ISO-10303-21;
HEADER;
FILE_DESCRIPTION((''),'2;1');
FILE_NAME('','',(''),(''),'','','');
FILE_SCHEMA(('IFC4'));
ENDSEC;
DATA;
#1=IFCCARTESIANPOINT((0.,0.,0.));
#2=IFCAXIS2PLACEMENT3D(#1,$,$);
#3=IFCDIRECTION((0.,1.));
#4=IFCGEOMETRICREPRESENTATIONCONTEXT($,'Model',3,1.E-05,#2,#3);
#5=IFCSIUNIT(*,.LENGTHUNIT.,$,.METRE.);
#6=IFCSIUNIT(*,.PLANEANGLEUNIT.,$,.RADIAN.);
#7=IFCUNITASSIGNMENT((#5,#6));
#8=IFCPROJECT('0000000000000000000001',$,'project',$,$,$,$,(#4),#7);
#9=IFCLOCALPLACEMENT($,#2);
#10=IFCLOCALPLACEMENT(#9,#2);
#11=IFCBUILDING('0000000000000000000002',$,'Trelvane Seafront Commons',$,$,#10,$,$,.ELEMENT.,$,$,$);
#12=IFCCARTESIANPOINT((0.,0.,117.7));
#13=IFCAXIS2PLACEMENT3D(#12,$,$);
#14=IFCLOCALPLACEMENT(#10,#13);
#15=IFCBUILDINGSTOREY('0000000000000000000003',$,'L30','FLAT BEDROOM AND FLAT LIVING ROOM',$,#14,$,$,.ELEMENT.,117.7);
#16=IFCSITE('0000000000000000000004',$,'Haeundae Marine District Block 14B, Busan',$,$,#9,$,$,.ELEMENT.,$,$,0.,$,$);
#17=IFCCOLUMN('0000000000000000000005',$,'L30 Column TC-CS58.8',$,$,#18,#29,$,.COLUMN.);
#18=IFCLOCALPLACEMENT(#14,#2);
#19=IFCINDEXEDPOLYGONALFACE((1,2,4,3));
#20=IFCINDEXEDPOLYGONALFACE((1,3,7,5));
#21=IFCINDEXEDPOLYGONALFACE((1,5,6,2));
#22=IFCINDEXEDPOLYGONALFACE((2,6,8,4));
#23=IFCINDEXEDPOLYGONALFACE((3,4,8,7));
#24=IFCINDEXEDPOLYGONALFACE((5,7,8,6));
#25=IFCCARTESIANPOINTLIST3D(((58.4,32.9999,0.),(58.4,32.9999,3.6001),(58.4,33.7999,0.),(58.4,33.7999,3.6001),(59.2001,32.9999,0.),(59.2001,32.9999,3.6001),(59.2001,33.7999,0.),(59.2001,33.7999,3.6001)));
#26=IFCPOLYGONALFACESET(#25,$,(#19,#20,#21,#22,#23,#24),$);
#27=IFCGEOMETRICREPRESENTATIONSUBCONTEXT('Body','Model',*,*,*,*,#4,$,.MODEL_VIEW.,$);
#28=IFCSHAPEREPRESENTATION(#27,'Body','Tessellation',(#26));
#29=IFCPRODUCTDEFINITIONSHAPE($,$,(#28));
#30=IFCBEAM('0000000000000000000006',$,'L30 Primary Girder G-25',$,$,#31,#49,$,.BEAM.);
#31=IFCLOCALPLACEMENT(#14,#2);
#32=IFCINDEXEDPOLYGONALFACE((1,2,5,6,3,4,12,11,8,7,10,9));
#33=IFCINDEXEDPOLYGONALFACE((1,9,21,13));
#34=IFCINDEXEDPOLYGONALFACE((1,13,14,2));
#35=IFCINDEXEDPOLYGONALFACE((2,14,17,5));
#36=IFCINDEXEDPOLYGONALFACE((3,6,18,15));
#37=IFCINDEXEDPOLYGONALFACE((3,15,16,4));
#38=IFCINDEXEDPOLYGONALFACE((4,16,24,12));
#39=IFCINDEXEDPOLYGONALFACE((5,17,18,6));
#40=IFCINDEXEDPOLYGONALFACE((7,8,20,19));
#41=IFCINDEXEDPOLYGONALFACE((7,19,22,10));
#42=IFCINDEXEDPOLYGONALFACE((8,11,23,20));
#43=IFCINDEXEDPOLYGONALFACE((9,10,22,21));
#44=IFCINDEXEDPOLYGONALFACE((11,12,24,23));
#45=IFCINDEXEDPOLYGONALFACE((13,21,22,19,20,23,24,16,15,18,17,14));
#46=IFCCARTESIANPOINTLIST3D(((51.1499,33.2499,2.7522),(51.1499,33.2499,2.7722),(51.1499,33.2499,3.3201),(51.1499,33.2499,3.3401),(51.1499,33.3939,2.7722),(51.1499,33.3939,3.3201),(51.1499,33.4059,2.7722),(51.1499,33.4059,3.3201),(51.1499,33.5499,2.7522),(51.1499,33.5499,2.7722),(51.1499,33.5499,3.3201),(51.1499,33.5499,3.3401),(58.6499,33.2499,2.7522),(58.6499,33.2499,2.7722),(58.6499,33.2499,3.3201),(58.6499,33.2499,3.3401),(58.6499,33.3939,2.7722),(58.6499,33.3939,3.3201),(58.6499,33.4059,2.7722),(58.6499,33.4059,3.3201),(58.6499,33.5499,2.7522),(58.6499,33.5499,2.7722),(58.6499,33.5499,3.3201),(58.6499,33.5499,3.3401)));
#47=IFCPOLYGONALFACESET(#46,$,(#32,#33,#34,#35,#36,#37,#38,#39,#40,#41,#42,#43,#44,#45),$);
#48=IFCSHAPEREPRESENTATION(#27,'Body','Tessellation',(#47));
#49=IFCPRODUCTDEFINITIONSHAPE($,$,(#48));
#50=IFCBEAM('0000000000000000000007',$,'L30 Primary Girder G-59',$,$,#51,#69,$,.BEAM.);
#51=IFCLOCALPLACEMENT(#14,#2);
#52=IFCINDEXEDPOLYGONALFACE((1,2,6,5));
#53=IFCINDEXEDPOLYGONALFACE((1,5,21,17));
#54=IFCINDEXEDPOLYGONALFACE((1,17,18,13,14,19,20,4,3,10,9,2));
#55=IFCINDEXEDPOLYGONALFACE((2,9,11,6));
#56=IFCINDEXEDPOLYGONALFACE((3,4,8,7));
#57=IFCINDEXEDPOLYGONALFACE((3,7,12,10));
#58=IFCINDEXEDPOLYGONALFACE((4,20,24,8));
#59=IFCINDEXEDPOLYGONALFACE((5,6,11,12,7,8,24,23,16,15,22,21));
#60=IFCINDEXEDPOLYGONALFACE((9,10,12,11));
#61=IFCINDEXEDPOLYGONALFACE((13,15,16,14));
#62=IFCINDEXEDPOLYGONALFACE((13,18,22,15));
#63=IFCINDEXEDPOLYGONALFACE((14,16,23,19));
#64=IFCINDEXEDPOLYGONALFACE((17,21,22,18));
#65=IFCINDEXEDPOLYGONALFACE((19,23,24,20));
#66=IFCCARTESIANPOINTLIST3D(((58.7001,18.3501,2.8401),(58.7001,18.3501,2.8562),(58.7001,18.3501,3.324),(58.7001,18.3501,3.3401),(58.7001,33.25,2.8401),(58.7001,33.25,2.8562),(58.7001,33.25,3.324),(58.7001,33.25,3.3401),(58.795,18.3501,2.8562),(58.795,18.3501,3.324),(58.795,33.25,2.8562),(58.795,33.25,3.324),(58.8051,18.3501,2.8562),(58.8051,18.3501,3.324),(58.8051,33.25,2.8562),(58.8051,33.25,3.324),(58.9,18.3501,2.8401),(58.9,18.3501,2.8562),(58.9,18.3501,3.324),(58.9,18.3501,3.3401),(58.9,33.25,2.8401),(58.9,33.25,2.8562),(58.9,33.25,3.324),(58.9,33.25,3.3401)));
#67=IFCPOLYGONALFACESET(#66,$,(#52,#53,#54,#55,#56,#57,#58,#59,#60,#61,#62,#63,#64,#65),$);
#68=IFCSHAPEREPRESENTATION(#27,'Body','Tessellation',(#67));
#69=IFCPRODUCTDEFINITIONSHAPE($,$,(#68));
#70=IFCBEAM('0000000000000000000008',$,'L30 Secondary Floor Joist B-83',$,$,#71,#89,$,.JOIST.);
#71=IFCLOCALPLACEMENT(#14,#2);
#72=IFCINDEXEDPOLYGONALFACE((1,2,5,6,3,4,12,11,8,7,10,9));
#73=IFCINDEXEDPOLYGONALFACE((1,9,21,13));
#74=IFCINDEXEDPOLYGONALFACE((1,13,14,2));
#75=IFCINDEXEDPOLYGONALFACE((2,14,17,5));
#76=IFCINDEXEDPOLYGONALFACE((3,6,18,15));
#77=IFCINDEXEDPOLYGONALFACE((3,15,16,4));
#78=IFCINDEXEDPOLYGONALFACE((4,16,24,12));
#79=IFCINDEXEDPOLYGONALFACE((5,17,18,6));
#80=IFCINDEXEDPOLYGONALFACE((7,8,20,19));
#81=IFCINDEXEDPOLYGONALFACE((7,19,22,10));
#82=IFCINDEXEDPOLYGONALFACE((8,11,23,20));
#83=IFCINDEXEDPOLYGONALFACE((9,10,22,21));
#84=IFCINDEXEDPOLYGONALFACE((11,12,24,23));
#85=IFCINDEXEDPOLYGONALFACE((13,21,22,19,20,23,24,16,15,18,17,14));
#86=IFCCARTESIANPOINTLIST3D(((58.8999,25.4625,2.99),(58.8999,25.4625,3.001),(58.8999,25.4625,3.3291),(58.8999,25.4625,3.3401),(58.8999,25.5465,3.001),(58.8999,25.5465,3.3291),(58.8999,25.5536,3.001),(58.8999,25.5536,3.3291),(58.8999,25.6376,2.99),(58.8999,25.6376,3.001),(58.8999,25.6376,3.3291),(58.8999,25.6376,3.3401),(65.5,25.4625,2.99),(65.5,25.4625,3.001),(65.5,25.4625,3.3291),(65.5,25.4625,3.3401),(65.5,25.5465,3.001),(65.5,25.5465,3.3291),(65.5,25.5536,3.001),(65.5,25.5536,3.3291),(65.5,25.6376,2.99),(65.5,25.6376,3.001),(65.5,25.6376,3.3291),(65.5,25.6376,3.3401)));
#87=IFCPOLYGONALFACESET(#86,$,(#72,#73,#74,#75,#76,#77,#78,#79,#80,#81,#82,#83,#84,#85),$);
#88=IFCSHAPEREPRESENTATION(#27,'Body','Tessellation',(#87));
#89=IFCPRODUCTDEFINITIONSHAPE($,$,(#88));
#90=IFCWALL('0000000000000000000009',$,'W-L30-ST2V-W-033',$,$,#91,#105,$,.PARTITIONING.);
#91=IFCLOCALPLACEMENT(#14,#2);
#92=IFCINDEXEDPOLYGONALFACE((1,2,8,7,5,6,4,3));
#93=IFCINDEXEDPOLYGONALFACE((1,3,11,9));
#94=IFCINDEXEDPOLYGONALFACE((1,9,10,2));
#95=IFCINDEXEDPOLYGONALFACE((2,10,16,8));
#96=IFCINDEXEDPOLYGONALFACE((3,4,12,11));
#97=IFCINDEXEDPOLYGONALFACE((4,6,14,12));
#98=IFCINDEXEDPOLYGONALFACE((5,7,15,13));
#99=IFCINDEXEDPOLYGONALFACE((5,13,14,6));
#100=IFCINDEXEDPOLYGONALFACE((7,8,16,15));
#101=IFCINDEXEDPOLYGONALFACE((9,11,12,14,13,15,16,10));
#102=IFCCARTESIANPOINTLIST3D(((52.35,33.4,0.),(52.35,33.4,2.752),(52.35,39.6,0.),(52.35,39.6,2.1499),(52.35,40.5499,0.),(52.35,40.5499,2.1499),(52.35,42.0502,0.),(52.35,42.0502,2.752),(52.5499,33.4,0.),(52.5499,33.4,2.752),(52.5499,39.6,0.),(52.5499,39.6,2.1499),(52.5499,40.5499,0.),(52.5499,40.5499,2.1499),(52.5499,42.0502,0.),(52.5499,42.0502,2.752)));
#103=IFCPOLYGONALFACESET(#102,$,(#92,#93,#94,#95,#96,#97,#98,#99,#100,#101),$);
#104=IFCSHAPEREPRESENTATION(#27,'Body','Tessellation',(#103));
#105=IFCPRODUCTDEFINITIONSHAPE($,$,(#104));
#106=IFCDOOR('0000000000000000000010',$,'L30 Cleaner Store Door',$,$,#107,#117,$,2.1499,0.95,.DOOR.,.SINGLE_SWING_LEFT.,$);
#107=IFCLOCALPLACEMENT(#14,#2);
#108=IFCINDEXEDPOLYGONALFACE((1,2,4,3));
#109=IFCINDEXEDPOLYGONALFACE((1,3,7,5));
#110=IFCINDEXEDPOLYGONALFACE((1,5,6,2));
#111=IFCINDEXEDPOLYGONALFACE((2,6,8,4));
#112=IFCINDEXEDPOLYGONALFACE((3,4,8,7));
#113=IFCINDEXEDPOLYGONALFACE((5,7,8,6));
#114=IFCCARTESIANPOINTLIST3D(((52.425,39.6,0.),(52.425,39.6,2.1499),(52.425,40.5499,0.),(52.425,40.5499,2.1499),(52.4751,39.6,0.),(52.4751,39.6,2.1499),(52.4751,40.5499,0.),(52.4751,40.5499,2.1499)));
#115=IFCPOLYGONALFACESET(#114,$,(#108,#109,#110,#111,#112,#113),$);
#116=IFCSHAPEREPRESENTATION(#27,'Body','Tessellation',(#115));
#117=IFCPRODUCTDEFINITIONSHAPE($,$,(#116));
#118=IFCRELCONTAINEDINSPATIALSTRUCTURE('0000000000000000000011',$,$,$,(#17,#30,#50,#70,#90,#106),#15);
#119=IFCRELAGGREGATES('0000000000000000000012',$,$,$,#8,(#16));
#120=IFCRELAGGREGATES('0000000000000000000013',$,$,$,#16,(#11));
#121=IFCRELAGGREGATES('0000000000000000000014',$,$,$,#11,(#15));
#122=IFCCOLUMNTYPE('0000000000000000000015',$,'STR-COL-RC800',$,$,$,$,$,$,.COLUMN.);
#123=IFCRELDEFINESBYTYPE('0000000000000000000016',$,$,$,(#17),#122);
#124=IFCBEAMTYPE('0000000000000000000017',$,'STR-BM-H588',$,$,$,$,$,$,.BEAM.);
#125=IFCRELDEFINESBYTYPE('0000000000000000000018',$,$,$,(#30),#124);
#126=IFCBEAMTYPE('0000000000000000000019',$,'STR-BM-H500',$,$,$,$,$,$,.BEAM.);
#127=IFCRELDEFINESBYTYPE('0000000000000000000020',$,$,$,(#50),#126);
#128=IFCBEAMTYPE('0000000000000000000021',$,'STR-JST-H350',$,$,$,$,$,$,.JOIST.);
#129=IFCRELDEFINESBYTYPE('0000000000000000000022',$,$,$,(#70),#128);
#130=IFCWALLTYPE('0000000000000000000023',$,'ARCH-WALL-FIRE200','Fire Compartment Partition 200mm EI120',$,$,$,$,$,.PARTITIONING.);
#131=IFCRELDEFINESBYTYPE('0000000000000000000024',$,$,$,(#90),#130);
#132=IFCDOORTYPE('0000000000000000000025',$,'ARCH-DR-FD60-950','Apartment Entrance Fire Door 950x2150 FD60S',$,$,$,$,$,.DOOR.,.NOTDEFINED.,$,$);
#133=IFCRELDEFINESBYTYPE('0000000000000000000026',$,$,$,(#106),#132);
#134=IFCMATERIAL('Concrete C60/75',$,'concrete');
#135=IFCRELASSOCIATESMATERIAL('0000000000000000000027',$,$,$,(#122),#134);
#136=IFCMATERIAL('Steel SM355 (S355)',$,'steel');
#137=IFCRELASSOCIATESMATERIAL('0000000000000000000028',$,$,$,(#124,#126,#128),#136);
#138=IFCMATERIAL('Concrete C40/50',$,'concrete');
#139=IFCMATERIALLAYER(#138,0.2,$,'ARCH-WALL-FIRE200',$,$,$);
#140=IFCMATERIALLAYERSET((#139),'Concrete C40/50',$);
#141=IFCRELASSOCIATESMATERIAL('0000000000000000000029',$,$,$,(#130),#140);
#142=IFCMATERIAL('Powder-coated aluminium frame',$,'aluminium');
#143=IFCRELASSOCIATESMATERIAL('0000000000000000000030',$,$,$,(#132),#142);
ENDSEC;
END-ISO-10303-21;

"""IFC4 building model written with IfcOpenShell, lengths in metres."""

from ifc_helpers import new_model, si_unit, direction, frame, frame_2d, origin, origin_2d, place, context, subcontext, project, spatial, rectangle, i_section, extrude, source, transform, mapped, material, layer, layer_set, material_profile, profile_set, type_object, element, fill, save


model = new_model("IFC4")

# Units and contexts
model_context = context("Model", 3, precision=1e-05, world=origin(), true_north=direction((0.0, 1.0)))
body_context = subcontext(model_context, "Body", "Model", "MODEL_VIEW")
ifc_project = project(units=[si_unit("LENGTHUNIT", "METRE"), si_unit("PLANEANGLEUNIT", "RADIAN")], contexts=[model_context])

# Site, building, storey
site_placement = place(None, origin())
site = spatial("IfcSite", under=ifc_project, at=site_placement, Name="Haeundae Marine District Block 14B, Busan", CompositionType="ELEMENT", RefElevation=0.0)
building_placement = place(site_placement, origin())
building = spatial("IfcBuilding", under=site, at=building_placement, Name="Trelvane Seafront Commons", CompositionType="ELEMENT")
storey_placement = place(building_placement, frame((0.0, 0.0, 117.7)))
storey = spatial("IfcBuildingStorey", under=building, at=storey_placement, Name="L30", Description="FLAT BEDROOM AND FLAT LIVING ROOM", CompositionType="ELEMENT", Elevation=117.7)

# Column
ifc_material_1 = material(Name="Concrete C60/75", Category="concrete")
ifc_material_profile_1 = material_profile(ifc_material_1, rectangle(XDim=0.8, YDim=0.8, at=origin_2d()), Name="RC-800x800")
ifc_profile_set_1 = profile_set([ifc_material_profile_1], Name="Concrete C60/75")
column_type = type_object("IfcColumnType", Name="STR-COL-RC800", PredefinedType="COLUMN", material=ifc_profile_set_1)
shared_shape_1 = source(origin(), body_context, "Body", "SweptSolid", [
    extrude(rectangle(XDim=0.8, YDim=0.8, at=origin_2d()), origin(), (0.0, 0.0, 1.0), 3.6001),
])
column_placement = place(storey_placement, frame((58.8, 33.3999, 0.0), z_axis=(0.0, 0.0, 1.0), x_axis=(1.0, 0.0, 0.0)))
element("IfcColumn", 1, at=column_placement, inside=storey, type_object=column_type, Name="L30 Column TC-CS58.8", PredefinedType="COLUMN", context=body_context, shape_type="MappedRepresentation", body=[
    mapped(shared_shape_1, transform((0.0, 0.0, 0.0), x_axis=(1.0, 0.0, 0.0), y_axis=(0.0, 1.0, 0.0), z_axis=(0.0, 0.0, 1.0), scale=1.0)),
])

# Beams
ifc_material_2 = material(Name="Steel SM355 (S355)", Category="steel")
ifc_material_profile_2 = material_profile(ifc_material_2, i_section(OverallWidth=0.3, OverallDepth=0.5879, WebThickness=0.012, FlangeThickness=0.02, at=origin_2d()), Name="H-588x300x12x20")
ifc_profile_set_2 = profile_set([ifc_material_profile_2], Name="Steel SM355 (S355)")
beam_type_1 = type_object("IfcBeamType", Name="STR-BM-H588", PredefinedType="BEAM", material=ifc_profile_set_2)
shared_shape_2 = source(origin(), body_context, "Body", "SweptSolid", [
    extrude(i_section(OverallWidth=0.3, OverallDepth=0.5879, WebThickness=0.012, FlangeThickness=0.02, at=origin_2d()), origin(), (0.0, 0.0, 1.0), 7.5),
])
beam_1_placement = place(storey_placement, frame((51.1499, 33.3999, 3.0461), z_axis=(1.0, 0.0, 0.0), x_axis=(0.0, 1.0, 0.0)))
element("IfcBeam", 2, at=beam_1_placement, inside=storey, type_object=beam_type_1, Name="L30 Primary Girder G-25", PredefinedType="BEAM", context=body_context, shape_type="MappedRepresentation", body=[
    mapped(shared_shape_2, transform((0.0, 0.0, 0.0), x_axis=(1.0, 0.0, 0.0), y_axis=(0.0, 1.0, 0.0), z_axis=(0.0, 0.0, 1.0), scale=1.0)),
])
ifc_material_profile_3 = material_profile(ifc_material_2, i_section(OverallWidth=0.2, OverallDepth=0.5, WebThickness=0.01, FlangeThickness=0.0161, at=origin_2d()), Name="H-500x200x10x16")
ifc_profile_set_3 = profile_set([ifc_material_profile_3], Name="Steel SM355 (S355)")
beam_type_2 = type_object("IfcBeamType", Name="STR-BM-H500", PredefinedType="BEAM", material=ifc_profile_set_3)
shared_shape_3 = source(origin(), body_context, "Body", "SweptSolid", [
    extrude(i_section(OverallWidth=0.2, OverallDepth=0.5, WebThickness=0.01, FlangeThickness=0.0161, at=origin_2d()), origin(), (0.0, 0.0, 1.0), 14.8999),
])
beam_2_placement = place(storey_placement, frame((58.8, 18.3501, 3.0901), z_axis=(0.0, 1.0, 0.0), x_axis=(-1.0, 0.0, 0.0)))
element("IfcBeam", 3, at=beam_2_placement, inside=storey, type_object=beam_type_2, Name="L30 Primary Girder G-59", PredefinedType="BEAM", context=body_context, shape_type="MappedRepresentation", body=[
    mapped(shared_shape_3, transform((0.0, 0.0, 0.0), x_axis=(1.0, 0.0, 0.0), y_axis=(0.0, 1.0, 0.0), z_axis=(0.0, 0.0, 1.0), scale=1.0)),
])
ifc_material_profile_4 = material_profile(ifc_material_2, i_section(OverallWidth=0.175, OverallDepth=0.3501, WebThickness=0.0071, FlangeThickness=0.011, at=origin_2d()), Name="H-350x175x7x11")
ifc_profile_set_4 = profile_set([ifc_material_profile_4], Name="Steel SM355 (S355)")
beam_type_3 = type_object("IfcBeamType", Name="STR-JST-H350", PredefinedType="JOIST", material=ifc_profile_set_4)
shared_shape_4 = source(origin(), body_context, "Body", "SweptSolid", [
    extrude(i_section(OverallWidth=0.175, OverallDepth=0.3501, WebThickness=0.0071, FlangeThickness=0.011, at=origin_2d()), origin(), (0.0, 0.0, 1.0), 6.6001),
])
beam_3_placement = place(storey_placement, frame((58.8999, 25.55, 3.165), z_axis=(1.0, 0.0, 0.0), x_axis=(0.0, 1.0, 0.0)))
element("IfcBeam", 4, at=beam_3_placement, inside=storey, type_object=beam_type_3, Name="L30 Secondary Floor Joist B-83", PredefinedType="JOIST", context=body_context, shape_type="MappedRepresentation", body=[
    mapped(shared_shape_4, transform((0.0, 0.0, 0.0), x_axis=(1.0, 0.0, 0.0), y_axis=(0.0, 1.0, 0.0), z_axis=(0.0, 0.0, 1.0), scale=1.0)),
])

# Wall, opening, door
ifc_material_3 = material(Name="Concrete C40/50", Category="concrete")
ifc_layer_1 = layer(ifc_material_3, 0.2, Name="ARCH-WALL-FIRE200")
ifc_layer_set_1 = layer_set([ifc_layer_1], Name="Concrete C40/50")
wall_type_1 = type_object("IfcWallType", Name="ARCH-WALL-FIRE200", Description="Fire Compartment Partition 200mm EI120", PredefinedType="PARTITIONING", material=ifc_layer_set_1)
wall_1_placement = place(storey_placement, frame((52.45, 33.3999, 0.0), z_axis=(0.0, 0.0, 1.0), x_axis=(0.0, 1.0, 0.0)))
wall_1 = element("IfcWall", 5, at=wall_1_placement, inside=storey, type_object=wall_type_1, Name="W-L30-ST2V-W-033", PredefinedType="PARTITIONING", context=body_context, shape_type="SweptSolid", body=[
    extrude(rectangle(XDim=8.6501, YDim=0.2, at=frame_2d((4.3252, 0.0))), origin(), (0.0, 0.0, 1.0), 2.752),
])
opening_1_placement = place(wall_1_placement, frame((6.2, 0.0, 0.0)))
opening_1 = element("IfcOpeningElement", 6, at=opening_1_placement, cuts=wall_1, PredefinedType="OPENING", context=body_context, shape_type="SweptSolid", body=[
    extrude(rectangle(XDim=0.95, YDim=2.1499, at=frame_2d((0.4751, 1.075))), frame((0.0, 0.1099, 0.0), z_axis=(0.0, -1.0, 0.0), x_axis=(1.0, 0.0, 0.0)), (0.0, 0.0, 1.0), 0.22),
])
ifc_material_4 = material(Name="Powder-coated aluminium frame", Category="aluminium")
door_type_1 = type_object("IfcDoorType", Name="ARCH-DR-FD60-950", Description="Apartment Entrance Fire Door 950x2150 FD60S", OperationType="NOTDEFINED", PredefinedType="DOOR", material=ifc_material_4)
shared_shape_5 = source(origin(), body_context, "Body", "SweptSolid", [
    extrude(rectangle(XDim=0.95, YDim=2.1499, at=frame_2d((0.4751, 1.075))), frame((0.0, 0.0249, 0.0), z_axis=(0.0, -1.0, 0.0), x_axis=(1.0, 0.0, 0.0)), (0.0, 0.0, 1.0), 0.05),
])
door_1_placement = place(opening_1_placement, origin())
door_1 = element("IfcDoor", 7, at=door_1_placement, inside=storey, type_object=door_type_1, Name="L30 Cleaner Store Door", OperationType="SINGLE_SWING_LEFT", OverallHeight=2.1499, OverallWidth=0.95, PredefinedType="DOOR", context=body_context, shape_type="MappedRepresentation", body=[
    mapped(shared_shape_5, transform((0.0, 0.0, 0.0), x_axis=(1.0, 0.0, 0.0), y_axis=(0.0, 1.0, 0.0), z_axis=(0.0, 0.0, 1.0), scale=1.0)),
])
fill(opening_1, door_1)

save(model, "model.ifc")
